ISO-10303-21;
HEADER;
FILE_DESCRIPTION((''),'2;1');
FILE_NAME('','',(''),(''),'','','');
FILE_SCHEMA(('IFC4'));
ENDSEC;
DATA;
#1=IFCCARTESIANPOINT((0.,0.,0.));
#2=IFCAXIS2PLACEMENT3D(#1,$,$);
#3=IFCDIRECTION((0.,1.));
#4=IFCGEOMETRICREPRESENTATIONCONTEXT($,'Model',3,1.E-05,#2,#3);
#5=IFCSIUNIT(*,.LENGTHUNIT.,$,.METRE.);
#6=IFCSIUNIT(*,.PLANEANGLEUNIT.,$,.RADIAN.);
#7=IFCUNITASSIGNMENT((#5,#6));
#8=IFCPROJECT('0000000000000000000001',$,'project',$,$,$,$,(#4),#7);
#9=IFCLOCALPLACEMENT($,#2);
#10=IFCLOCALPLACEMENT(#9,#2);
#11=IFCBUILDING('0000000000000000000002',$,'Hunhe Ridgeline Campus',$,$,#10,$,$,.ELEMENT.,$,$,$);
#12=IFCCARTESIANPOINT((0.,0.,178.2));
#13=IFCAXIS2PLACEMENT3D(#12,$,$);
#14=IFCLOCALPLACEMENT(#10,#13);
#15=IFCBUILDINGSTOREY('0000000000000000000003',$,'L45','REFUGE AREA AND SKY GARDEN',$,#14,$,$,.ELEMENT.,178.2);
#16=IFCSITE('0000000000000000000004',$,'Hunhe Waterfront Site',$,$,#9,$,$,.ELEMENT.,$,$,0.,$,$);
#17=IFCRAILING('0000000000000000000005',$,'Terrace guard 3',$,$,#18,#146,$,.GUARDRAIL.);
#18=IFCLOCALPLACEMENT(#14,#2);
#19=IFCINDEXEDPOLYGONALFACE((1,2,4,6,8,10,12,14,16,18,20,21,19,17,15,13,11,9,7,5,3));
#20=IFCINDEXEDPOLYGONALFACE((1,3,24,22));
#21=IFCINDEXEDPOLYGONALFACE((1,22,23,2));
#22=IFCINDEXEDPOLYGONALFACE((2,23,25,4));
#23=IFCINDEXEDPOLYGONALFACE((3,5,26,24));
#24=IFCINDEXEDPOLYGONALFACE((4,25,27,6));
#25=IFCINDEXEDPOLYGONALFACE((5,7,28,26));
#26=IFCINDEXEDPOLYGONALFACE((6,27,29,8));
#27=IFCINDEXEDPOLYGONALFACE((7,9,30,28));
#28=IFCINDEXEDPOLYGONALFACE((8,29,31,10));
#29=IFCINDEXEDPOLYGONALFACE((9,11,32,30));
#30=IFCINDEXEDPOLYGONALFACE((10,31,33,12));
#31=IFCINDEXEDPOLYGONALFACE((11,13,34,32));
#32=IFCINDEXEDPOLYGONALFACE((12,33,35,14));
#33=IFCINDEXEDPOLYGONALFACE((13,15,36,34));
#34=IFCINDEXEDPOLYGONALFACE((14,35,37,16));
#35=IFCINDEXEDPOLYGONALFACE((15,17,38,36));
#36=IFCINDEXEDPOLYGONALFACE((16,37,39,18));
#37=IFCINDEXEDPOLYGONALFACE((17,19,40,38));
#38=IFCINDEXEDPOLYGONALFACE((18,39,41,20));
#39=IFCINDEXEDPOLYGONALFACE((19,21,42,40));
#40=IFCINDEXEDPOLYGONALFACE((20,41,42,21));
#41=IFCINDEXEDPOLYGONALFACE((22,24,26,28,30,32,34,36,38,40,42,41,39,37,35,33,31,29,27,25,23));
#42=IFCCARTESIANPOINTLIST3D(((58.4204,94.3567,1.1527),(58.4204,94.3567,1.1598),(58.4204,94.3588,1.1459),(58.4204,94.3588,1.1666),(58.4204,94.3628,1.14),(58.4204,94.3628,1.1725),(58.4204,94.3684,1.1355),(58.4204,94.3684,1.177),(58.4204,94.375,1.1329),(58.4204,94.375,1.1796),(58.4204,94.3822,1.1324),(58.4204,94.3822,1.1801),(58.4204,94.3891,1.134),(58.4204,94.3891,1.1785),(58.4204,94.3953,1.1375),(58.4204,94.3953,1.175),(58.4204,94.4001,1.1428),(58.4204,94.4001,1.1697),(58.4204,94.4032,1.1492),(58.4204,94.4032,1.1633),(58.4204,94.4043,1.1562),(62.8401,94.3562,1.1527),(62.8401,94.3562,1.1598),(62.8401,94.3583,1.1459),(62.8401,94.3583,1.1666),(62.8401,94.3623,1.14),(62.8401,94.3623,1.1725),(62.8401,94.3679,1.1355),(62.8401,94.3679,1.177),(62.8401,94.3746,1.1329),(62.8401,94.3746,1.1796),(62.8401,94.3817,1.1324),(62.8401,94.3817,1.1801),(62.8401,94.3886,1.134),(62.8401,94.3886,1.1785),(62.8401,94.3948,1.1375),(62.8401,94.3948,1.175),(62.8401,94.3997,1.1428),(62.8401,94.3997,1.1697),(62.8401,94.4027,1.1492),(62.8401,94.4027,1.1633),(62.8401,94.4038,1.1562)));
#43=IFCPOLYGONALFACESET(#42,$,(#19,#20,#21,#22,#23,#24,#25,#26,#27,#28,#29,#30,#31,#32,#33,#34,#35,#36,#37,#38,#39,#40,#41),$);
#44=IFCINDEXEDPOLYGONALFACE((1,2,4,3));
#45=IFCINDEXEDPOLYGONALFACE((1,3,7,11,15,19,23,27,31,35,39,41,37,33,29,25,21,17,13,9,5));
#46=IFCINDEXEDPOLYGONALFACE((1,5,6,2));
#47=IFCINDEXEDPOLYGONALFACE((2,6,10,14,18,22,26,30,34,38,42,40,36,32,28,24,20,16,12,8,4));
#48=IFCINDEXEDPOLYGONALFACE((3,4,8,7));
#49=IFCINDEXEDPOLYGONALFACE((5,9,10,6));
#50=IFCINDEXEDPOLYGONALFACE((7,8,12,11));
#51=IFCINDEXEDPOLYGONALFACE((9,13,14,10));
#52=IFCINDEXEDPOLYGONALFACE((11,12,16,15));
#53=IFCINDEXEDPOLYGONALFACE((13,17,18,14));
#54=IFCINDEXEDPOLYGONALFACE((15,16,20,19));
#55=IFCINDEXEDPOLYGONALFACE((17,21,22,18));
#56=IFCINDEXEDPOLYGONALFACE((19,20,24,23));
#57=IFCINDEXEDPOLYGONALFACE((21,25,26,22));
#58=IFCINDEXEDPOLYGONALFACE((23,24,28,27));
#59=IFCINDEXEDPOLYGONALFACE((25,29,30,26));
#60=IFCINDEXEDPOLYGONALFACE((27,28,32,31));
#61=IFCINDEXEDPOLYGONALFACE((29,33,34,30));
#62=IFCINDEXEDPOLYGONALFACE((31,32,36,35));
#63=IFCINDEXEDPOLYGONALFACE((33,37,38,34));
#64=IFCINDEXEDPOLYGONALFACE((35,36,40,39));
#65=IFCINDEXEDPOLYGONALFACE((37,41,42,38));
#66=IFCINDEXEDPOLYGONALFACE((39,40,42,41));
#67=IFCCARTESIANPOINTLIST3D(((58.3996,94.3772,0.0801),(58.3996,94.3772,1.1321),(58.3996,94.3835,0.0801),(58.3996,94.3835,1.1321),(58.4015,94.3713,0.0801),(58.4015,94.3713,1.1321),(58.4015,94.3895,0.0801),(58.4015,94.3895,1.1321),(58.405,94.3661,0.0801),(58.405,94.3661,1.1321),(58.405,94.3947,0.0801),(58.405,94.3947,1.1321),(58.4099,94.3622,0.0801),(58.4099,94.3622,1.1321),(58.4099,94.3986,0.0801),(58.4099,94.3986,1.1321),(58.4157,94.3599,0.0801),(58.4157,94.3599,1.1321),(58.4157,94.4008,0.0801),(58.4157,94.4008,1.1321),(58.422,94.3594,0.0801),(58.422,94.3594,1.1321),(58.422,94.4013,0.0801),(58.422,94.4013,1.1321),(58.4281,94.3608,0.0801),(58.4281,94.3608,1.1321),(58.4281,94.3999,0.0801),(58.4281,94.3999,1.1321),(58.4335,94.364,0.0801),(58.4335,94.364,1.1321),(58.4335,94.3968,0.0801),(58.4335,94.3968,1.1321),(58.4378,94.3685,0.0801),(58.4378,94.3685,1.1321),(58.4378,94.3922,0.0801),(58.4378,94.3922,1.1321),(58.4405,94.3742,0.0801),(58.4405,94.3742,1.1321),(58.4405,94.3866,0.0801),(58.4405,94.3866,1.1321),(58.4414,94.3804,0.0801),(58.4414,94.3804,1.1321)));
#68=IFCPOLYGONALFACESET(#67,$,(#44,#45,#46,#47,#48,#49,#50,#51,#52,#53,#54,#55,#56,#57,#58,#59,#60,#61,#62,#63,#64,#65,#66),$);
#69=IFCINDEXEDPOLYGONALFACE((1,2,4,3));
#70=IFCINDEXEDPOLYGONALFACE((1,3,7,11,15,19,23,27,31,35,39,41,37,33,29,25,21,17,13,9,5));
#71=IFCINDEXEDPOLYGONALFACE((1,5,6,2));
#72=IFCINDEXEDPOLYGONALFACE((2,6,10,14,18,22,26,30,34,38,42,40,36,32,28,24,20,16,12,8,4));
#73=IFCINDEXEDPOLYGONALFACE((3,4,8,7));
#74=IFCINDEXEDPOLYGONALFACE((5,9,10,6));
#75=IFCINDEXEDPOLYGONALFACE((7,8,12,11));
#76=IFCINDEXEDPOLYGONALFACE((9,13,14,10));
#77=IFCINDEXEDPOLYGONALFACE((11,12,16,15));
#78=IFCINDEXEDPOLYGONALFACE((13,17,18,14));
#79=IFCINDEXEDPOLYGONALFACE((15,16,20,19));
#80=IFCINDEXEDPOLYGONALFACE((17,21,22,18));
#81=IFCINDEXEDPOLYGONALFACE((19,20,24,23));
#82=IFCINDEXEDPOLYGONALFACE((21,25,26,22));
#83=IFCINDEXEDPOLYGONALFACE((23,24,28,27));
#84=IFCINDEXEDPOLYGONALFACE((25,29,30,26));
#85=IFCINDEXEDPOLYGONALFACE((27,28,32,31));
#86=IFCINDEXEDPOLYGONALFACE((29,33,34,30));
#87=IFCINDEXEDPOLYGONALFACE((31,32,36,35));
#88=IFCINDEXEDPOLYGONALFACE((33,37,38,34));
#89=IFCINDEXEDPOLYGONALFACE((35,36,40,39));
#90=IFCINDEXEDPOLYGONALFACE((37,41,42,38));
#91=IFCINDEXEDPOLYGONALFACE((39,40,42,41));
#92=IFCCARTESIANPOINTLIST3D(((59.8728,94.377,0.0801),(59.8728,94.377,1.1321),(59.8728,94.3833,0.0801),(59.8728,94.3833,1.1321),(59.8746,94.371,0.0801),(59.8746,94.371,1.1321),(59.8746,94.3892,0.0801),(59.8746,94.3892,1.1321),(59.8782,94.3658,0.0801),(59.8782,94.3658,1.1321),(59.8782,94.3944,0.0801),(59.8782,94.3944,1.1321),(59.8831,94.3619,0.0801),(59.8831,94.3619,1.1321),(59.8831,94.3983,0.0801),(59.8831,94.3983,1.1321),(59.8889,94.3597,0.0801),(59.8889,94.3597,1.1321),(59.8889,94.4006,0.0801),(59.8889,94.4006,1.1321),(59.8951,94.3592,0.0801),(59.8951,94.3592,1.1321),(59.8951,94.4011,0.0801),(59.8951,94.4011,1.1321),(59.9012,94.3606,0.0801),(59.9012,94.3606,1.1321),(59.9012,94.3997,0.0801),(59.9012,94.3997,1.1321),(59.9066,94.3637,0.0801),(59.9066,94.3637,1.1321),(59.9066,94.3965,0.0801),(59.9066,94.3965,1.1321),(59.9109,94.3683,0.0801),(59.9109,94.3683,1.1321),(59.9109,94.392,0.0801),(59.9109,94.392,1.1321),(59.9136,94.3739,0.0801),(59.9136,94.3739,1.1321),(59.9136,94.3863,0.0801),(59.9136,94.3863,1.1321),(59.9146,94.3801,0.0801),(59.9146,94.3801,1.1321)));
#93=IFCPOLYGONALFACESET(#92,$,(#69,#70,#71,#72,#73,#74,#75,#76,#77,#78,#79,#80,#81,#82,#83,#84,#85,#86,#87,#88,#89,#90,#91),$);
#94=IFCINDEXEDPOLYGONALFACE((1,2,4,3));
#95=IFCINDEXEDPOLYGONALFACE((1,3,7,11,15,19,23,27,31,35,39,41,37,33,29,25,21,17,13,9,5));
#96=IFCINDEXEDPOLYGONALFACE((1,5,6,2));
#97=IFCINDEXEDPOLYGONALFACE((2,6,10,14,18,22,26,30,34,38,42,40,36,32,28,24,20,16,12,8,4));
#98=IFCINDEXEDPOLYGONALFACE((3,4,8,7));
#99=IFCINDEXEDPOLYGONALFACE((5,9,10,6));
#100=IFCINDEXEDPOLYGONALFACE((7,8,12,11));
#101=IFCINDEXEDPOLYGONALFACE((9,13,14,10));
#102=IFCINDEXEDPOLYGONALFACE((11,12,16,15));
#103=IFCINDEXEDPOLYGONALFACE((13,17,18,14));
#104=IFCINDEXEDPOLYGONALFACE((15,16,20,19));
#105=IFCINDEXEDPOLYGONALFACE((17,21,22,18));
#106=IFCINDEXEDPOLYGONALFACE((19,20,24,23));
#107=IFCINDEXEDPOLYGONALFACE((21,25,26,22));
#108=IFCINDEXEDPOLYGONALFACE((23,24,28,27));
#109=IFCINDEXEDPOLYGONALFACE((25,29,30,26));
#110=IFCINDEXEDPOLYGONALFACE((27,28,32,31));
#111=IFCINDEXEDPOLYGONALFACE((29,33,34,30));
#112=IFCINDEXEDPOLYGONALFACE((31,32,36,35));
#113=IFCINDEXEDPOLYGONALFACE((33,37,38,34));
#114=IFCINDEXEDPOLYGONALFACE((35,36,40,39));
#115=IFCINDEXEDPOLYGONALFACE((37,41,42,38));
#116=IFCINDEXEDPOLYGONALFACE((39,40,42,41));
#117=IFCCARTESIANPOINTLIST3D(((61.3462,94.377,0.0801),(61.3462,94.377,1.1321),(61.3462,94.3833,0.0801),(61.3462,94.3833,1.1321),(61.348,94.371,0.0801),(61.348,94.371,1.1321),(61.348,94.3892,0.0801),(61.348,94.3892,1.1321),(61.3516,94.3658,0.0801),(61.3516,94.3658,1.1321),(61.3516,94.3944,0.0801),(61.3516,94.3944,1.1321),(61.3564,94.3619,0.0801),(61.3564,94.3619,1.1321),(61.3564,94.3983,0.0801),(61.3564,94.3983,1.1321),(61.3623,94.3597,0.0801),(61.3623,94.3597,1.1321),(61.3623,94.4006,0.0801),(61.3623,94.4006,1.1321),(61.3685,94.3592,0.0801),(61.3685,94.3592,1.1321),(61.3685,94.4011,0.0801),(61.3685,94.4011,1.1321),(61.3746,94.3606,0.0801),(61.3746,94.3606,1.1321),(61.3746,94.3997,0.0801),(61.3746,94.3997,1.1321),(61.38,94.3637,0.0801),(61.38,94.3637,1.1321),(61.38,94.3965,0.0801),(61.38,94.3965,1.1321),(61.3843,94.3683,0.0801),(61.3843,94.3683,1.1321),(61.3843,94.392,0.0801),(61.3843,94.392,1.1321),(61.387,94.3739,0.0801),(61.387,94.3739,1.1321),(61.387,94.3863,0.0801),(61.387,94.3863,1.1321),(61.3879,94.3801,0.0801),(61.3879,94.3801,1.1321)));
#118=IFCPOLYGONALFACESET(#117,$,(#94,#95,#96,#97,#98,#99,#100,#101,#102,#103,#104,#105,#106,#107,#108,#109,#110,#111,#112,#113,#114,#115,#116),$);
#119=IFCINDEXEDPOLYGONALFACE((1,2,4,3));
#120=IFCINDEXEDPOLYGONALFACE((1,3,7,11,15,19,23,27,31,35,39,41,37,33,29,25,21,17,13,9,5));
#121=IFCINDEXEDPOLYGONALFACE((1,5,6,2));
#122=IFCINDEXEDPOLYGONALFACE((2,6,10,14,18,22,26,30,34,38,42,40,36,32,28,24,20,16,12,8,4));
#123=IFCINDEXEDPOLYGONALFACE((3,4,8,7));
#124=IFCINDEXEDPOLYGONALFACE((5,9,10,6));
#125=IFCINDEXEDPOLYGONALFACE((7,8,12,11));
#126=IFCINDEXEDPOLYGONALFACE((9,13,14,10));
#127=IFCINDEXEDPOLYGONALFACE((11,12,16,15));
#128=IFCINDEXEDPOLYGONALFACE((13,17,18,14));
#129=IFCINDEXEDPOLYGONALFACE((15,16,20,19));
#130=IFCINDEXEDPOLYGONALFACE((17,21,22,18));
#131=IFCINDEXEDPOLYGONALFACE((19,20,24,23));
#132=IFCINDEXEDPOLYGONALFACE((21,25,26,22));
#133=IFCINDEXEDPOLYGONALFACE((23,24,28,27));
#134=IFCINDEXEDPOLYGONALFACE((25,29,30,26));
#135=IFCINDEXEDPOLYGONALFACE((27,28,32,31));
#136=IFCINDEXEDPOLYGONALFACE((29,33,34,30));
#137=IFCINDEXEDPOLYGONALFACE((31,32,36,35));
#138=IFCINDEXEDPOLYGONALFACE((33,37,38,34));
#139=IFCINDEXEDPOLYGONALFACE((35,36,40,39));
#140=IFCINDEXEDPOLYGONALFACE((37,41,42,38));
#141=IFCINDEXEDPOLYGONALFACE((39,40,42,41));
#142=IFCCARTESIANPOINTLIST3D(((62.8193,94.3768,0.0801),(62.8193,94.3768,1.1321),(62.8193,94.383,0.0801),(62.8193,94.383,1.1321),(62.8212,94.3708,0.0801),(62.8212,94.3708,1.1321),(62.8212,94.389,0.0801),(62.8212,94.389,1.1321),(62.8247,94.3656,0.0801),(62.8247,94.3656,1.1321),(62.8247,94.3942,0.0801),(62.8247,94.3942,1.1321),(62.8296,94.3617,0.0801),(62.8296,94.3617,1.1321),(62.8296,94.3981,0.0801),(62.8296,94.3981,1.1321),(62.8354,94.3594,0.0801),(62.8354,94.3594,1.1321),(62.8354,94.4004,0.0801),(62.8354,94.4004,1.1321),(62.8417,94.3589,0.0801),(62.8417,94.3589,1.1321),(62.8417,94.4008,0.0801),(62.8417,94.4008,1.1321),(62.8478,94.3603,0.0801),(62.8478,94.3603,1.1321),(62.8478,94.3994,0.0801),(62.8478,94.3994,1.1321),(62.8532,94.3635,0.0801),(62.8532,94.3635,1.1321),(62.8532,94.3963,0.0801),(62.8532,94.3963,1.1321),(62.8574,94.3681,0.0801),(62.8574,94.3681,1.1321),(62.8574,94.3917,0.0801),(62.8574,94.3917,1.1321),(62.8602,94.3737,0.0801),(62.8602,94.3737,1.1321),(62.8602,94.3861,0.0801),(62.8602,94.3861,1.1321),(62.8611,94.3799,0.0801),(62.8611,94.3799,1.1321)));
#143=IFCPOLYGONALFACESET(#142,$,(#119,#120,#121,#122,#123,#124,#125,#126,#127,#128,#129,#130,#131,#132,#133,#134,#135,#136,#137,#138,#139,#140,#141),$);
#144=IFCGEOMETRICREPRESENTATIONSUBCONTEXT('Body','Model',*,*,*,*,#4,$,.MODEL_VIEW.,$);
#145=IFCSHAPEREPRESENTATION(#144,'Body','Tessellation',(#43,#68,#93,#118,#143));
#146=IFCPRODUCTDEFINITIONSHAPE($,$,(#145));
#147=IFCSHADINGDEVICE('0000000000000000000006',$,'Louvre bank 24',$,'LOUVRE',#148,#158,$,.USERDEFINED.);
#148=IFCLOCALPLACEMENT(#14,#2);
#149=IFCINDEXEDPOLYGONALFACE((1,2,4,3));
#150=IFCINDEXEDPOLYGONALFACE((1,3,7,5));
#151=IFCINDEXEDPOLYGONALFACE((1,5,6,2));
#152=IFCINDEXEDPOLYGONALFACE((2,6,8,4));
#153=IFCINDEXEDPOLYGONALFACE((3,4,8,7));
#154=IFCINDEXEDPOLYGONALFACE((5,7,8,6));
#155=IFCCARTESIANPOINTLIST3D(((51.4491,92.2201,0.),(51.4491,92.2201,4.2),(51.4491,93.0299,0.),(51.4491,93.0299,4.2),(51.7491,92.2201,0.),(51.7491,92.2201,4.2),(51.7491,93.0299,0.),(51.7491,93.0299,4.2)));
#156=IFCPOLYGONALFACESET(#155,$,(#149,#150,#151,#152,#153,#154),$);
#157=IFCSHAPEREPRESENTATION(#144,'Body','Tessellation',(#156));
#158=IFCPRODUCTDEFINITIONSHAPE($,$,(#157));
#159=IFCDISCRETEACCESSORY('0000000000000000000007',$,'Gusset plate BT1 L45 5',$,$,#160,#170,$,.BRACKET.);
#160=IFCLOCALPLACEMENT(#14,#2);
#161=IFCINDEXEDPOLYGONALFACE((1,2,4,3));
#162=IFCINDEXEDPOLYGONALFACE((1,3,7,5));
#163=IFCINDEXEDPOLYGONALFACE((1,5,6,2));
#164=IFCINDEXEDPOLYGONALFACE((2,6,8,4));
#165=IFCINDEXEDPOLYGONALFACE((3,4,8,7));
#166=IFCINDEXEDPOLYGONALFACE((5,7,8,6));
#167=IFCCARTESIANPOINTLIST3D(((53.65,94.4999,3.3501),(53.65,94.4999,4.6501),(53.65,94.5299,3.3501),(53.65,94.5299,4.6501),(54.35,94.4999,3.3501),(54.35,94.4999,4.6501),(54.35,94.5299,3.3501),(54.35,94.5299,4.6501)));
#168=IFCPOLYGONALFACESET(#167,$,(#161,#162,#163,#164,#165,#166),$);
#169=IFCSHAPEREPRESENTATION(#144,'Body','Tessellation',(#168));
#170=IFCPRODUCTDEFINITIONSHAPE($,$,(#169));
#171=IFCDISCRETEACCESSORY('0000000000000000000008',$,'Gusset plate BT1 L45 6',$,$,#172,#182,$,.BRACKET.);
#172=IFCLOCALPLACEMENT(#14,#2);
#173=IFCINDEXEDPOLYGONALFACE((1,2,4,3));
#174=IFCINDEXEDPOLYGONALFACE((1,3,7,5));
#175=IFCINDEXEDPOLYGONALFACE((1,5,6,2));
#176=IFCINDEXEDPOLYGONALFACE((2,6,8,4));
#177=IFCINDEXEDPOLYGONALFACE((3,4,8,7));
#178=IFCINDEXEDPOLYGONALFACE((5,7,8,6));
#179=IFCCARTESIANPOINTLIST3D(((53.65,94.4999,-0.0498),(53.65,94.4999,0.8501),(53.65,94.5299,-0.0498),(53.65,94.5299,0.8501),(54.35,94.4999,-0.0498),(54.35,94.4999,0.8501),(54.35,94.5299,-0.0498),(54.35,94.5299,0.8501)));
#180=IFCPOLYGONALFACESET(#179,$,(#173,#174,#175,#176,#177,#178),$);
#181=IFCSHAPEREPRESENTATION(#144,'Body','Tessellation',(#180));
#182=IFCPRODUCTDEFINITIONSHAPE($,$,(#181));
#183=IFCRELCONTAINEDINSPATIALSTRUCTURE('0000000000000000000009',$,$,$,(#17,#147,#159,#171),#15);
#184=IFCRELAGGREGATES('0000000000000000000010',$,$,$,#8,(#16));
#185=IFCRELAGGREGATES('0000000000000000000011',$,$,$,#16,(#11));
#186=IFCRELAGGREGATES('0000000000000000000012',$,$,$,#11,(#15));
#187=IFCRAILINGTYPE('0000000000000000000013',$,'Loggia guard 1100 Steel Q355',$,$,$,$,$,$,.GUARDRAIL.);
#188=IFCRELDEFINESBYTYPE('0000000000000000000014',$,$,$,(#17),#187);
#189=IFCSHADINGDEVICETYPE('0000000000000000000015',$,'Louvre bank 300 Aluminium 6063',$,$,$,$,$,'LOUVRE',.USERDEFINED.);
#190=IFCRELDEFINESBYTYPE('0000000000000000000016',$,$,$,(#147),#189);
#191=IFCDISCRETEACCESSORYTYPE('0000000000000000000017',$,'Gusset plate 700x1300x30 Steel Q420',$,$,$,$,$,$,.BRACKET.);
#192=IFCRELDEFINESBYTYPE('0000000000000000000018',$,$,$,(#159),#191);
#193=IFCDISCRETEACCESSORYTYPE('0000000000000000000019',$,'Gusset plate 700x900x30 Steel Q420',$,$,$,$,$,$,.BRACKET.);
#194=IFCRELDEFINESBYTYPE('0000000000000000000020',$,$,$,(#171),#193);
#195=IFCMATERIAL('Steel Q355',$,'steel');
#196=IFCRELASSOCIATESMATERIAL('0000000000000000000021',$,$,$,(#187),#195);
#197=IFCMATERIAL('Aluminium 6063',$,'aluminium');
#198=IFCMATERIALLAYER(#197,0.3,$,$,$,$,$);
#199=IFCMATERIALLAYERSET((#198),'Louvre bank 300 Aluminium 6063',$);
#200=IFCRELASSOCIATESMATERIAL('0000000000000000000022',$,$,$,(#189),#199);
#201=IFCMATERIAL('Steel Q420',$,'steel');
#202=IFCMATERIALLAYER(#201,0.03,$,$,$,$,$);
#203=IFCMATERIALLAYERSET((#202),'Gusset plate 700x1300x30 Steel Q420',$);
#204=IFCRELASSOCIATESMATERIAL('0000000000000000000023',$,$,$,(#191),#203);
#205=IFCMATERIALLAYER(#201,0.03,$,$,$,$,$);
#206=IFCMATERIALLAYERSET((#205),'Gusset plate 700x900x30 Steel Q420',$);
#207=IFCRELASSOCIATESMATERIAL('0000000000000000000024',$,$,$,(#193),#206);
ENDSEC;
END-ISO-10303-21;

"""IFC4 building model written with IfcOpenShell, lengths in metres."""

from ifc_helpers import new_model, si_unit, direction, frame, origin, origin_2d, place, context, subcontext, project, spatial, rectangle, circle, extrude, material, layer, layer_set, type_object, element, save


model = new_model("IFC4")

# Units and contexts
model_context = context("Model", 3, precision=1e-05, world=origin(), true_north=direction((0.0, 1.0)))
body_context = subcontext(model_context, "Body", "Model", "MODEL_VIEW")
ifc_project = project(units=[si_unit("LENGTHUNIT", "METRE"), si_unit("PLANEANGLEUNIT", "RADIAN")], contexts=[model_context])

# Site, building, storey
site_placement = place(None, origin())
site = spatial("IfcSite", under=ifc_project, at=site_placement, Name="Hunhe Waterfront Site", CompositionType="ELEMENT", RefElevation=0.0)
building_placement = place(site_placement, origin())
building = spatial("IfcBuilding", under=site, at=building_placement, Name="Hunhe Ridgeline Campus", CompositionType="ELEMENT")
storey_placement = place(building_placement, frame((0.0, 0.0, 178.2)))
storey = spatial("IfcBuildingStorey", under=building, at=storey_placement, Name="L45", Description="REFUGE AREA AND SKY GARDEN", CompositionType="ELEMENT", Elevation=178.2)

# Shared definitions
ifc_material_1 = material(Name="Steel Q420", Category="steel")
ifc_material_2 = material(Name="Aluminium 6063", Category="aluminium")

# Railing
ifc_material_3 = material(Name="Steel Q355", Category="steel")
railing_type_1 = type_object("IfcRailingType", Name="Loggia guard 1100 Steel Q355", PredefinedType="GUARDRAIL", material=ifc_material_3)
railing_1_placement = place(storey_placement, frame((58.4204, 94.3804, 0.0801)))
element("IfcRailing", 1, at=railing_1_placement, inside=storey, type_object=railing_type_1, Name="Terrace guard 3", PredefinedType="GUARDRAIL", context=body_context, shape_type="SweptSolid", body=[
    extrude(circle(Radius=0.0239, at=origin_2d()), frame((0.0, 0.0, 1.0762), z_axis=(1.0, -0.00011, 0.0), x_axis=(0.00011, 1.0, 0.0)), (0.0, 0.0, 1.0), 4.4197),
    extrude(circle(Radius=0.021, at=origin_2d()), origin(), (0.0, 0.0, 1.0), 1.052),
    extrude(circle(Radius=0.021, at=origin_2d()), frame((1.4731, -0.0002, 0.0)), (0.0, 0.0, 1.0), 1.052),
    extrude(circle(Radius=0.021, at=origin_2d()), frame((2.9465, -0.0002, 0.0)), (0.0, 0.0, 1.0), 1.052),
    extrude(circle(Radius=0.021, at=origin_2d()), frame((4.4197, -0.0005, 0.0)), (0.0, 0.0, 1.0), 1.052),
])

# Shading device
ifc_layer_1 = layer(ifc_material_2, 0.3)
ifc_layer_set_1 = layer_set([ifc_layer_1], Name="Louvre bank 300 Aluminium 6063")
shading_device_type = type_object("IfcShadingDeviceType", Name="Louvre bank 300 Aluminium 6063", ElementType="LOUVRE", PredefinedType="USERDEFINED", material=ifc_layer_set_1)
shading_device_placement = place(storey_placement, frame((51.5991, 92.625, 0.0), z_axis=(0.0, 0.0, 1.0), x_axis=(0.0, 1.0, 0.0)))
element("IfcShadingDevice", 2, at=shading_device_placement, inside=storey, type_object=shading_device_type, Name="Louvre bank 24", ObjectType="LOUVRE", PredefinedType="USERDEFINED", context=body_context, shape_type="SweptSolid", body=[
    extrude(rectangle(XDim=0.8098, YDim=0.3, at=origin_2d()), origin(), (0.0, 0.0, 1.0), 4.2),
])

# Discrete accessories
ifc_layer_2 = layer(ifc_material_1, 0.03)
ifc_layer_set_2 = layer_set([ifc_layer_2], Name="Gusset plate 700x1300x30 Steel Q420")
discrete_accessory_type_1 = type_object("IfcDiscreteAccessoryType", Name="Gusset plate 700x1300x30 Steel Q420", PredefinedType="BRACKET", material=ifc_layer_set_2)
discrete_accessory_1_placement = place(storey_placement, frame((54.0, 94.5149, 3.3501), z_axis=(0.0, 0.0, 1.0), x_axis=(0.0, 1.0, 0.0)))
element("IfcDiscreteAccessory", 3, at=discrete_accessory_1_placement, inside=storey, type_object=discrete_accessory_type_1, Name="Gusset plate BT1 L45 5", PredefinedType="BRACKET", context=body_context, shape_type="SweptSolid", body=[
    extrude(rectangle(XDim=0.03, YDim=0.7, at=origin_2d()), origin(), (0.0, 0.0, 1.0), 1.3),
])
ifc_layer_3 = layer(ifc_material_1, 0.03)
ifc_layer_set_3 = layer_set([ifc_layer_3], Name="Gusset plate 700x900x30 Steel Q420")
discrete_accessory_type_2 = type_object("IfcDiscreteAccessoryType", Name="Gusset plate 700x900x30 Steel Q420", PredefinedType="BRACKET", material=ifc_layer_set_3)
discrete_accessory_2_placement = place(storey_placement, frame((54.0, 94.5149, -0.0498), z_axis=(0.0, 0.0, 1.0), x_axis=(0.0, 1.0, 0.0)))
element("IfcDiscreteAccessory", 4, at=discrete_accessory_2_placement, inside=storey, type_object=discrete_accessory_type_2, Name="Gusset plate BT1 L45 6", PredefinedType="BRACKET", context=body_context, shape_type="SweptSolid", body=[
    extrude(rectangle(XDim=0.03, YDim=0.7, at=origin_2d()), origin(), (0.0, 0.0, 1.0), 0.8999),
])

save(model, "model.ifc")
